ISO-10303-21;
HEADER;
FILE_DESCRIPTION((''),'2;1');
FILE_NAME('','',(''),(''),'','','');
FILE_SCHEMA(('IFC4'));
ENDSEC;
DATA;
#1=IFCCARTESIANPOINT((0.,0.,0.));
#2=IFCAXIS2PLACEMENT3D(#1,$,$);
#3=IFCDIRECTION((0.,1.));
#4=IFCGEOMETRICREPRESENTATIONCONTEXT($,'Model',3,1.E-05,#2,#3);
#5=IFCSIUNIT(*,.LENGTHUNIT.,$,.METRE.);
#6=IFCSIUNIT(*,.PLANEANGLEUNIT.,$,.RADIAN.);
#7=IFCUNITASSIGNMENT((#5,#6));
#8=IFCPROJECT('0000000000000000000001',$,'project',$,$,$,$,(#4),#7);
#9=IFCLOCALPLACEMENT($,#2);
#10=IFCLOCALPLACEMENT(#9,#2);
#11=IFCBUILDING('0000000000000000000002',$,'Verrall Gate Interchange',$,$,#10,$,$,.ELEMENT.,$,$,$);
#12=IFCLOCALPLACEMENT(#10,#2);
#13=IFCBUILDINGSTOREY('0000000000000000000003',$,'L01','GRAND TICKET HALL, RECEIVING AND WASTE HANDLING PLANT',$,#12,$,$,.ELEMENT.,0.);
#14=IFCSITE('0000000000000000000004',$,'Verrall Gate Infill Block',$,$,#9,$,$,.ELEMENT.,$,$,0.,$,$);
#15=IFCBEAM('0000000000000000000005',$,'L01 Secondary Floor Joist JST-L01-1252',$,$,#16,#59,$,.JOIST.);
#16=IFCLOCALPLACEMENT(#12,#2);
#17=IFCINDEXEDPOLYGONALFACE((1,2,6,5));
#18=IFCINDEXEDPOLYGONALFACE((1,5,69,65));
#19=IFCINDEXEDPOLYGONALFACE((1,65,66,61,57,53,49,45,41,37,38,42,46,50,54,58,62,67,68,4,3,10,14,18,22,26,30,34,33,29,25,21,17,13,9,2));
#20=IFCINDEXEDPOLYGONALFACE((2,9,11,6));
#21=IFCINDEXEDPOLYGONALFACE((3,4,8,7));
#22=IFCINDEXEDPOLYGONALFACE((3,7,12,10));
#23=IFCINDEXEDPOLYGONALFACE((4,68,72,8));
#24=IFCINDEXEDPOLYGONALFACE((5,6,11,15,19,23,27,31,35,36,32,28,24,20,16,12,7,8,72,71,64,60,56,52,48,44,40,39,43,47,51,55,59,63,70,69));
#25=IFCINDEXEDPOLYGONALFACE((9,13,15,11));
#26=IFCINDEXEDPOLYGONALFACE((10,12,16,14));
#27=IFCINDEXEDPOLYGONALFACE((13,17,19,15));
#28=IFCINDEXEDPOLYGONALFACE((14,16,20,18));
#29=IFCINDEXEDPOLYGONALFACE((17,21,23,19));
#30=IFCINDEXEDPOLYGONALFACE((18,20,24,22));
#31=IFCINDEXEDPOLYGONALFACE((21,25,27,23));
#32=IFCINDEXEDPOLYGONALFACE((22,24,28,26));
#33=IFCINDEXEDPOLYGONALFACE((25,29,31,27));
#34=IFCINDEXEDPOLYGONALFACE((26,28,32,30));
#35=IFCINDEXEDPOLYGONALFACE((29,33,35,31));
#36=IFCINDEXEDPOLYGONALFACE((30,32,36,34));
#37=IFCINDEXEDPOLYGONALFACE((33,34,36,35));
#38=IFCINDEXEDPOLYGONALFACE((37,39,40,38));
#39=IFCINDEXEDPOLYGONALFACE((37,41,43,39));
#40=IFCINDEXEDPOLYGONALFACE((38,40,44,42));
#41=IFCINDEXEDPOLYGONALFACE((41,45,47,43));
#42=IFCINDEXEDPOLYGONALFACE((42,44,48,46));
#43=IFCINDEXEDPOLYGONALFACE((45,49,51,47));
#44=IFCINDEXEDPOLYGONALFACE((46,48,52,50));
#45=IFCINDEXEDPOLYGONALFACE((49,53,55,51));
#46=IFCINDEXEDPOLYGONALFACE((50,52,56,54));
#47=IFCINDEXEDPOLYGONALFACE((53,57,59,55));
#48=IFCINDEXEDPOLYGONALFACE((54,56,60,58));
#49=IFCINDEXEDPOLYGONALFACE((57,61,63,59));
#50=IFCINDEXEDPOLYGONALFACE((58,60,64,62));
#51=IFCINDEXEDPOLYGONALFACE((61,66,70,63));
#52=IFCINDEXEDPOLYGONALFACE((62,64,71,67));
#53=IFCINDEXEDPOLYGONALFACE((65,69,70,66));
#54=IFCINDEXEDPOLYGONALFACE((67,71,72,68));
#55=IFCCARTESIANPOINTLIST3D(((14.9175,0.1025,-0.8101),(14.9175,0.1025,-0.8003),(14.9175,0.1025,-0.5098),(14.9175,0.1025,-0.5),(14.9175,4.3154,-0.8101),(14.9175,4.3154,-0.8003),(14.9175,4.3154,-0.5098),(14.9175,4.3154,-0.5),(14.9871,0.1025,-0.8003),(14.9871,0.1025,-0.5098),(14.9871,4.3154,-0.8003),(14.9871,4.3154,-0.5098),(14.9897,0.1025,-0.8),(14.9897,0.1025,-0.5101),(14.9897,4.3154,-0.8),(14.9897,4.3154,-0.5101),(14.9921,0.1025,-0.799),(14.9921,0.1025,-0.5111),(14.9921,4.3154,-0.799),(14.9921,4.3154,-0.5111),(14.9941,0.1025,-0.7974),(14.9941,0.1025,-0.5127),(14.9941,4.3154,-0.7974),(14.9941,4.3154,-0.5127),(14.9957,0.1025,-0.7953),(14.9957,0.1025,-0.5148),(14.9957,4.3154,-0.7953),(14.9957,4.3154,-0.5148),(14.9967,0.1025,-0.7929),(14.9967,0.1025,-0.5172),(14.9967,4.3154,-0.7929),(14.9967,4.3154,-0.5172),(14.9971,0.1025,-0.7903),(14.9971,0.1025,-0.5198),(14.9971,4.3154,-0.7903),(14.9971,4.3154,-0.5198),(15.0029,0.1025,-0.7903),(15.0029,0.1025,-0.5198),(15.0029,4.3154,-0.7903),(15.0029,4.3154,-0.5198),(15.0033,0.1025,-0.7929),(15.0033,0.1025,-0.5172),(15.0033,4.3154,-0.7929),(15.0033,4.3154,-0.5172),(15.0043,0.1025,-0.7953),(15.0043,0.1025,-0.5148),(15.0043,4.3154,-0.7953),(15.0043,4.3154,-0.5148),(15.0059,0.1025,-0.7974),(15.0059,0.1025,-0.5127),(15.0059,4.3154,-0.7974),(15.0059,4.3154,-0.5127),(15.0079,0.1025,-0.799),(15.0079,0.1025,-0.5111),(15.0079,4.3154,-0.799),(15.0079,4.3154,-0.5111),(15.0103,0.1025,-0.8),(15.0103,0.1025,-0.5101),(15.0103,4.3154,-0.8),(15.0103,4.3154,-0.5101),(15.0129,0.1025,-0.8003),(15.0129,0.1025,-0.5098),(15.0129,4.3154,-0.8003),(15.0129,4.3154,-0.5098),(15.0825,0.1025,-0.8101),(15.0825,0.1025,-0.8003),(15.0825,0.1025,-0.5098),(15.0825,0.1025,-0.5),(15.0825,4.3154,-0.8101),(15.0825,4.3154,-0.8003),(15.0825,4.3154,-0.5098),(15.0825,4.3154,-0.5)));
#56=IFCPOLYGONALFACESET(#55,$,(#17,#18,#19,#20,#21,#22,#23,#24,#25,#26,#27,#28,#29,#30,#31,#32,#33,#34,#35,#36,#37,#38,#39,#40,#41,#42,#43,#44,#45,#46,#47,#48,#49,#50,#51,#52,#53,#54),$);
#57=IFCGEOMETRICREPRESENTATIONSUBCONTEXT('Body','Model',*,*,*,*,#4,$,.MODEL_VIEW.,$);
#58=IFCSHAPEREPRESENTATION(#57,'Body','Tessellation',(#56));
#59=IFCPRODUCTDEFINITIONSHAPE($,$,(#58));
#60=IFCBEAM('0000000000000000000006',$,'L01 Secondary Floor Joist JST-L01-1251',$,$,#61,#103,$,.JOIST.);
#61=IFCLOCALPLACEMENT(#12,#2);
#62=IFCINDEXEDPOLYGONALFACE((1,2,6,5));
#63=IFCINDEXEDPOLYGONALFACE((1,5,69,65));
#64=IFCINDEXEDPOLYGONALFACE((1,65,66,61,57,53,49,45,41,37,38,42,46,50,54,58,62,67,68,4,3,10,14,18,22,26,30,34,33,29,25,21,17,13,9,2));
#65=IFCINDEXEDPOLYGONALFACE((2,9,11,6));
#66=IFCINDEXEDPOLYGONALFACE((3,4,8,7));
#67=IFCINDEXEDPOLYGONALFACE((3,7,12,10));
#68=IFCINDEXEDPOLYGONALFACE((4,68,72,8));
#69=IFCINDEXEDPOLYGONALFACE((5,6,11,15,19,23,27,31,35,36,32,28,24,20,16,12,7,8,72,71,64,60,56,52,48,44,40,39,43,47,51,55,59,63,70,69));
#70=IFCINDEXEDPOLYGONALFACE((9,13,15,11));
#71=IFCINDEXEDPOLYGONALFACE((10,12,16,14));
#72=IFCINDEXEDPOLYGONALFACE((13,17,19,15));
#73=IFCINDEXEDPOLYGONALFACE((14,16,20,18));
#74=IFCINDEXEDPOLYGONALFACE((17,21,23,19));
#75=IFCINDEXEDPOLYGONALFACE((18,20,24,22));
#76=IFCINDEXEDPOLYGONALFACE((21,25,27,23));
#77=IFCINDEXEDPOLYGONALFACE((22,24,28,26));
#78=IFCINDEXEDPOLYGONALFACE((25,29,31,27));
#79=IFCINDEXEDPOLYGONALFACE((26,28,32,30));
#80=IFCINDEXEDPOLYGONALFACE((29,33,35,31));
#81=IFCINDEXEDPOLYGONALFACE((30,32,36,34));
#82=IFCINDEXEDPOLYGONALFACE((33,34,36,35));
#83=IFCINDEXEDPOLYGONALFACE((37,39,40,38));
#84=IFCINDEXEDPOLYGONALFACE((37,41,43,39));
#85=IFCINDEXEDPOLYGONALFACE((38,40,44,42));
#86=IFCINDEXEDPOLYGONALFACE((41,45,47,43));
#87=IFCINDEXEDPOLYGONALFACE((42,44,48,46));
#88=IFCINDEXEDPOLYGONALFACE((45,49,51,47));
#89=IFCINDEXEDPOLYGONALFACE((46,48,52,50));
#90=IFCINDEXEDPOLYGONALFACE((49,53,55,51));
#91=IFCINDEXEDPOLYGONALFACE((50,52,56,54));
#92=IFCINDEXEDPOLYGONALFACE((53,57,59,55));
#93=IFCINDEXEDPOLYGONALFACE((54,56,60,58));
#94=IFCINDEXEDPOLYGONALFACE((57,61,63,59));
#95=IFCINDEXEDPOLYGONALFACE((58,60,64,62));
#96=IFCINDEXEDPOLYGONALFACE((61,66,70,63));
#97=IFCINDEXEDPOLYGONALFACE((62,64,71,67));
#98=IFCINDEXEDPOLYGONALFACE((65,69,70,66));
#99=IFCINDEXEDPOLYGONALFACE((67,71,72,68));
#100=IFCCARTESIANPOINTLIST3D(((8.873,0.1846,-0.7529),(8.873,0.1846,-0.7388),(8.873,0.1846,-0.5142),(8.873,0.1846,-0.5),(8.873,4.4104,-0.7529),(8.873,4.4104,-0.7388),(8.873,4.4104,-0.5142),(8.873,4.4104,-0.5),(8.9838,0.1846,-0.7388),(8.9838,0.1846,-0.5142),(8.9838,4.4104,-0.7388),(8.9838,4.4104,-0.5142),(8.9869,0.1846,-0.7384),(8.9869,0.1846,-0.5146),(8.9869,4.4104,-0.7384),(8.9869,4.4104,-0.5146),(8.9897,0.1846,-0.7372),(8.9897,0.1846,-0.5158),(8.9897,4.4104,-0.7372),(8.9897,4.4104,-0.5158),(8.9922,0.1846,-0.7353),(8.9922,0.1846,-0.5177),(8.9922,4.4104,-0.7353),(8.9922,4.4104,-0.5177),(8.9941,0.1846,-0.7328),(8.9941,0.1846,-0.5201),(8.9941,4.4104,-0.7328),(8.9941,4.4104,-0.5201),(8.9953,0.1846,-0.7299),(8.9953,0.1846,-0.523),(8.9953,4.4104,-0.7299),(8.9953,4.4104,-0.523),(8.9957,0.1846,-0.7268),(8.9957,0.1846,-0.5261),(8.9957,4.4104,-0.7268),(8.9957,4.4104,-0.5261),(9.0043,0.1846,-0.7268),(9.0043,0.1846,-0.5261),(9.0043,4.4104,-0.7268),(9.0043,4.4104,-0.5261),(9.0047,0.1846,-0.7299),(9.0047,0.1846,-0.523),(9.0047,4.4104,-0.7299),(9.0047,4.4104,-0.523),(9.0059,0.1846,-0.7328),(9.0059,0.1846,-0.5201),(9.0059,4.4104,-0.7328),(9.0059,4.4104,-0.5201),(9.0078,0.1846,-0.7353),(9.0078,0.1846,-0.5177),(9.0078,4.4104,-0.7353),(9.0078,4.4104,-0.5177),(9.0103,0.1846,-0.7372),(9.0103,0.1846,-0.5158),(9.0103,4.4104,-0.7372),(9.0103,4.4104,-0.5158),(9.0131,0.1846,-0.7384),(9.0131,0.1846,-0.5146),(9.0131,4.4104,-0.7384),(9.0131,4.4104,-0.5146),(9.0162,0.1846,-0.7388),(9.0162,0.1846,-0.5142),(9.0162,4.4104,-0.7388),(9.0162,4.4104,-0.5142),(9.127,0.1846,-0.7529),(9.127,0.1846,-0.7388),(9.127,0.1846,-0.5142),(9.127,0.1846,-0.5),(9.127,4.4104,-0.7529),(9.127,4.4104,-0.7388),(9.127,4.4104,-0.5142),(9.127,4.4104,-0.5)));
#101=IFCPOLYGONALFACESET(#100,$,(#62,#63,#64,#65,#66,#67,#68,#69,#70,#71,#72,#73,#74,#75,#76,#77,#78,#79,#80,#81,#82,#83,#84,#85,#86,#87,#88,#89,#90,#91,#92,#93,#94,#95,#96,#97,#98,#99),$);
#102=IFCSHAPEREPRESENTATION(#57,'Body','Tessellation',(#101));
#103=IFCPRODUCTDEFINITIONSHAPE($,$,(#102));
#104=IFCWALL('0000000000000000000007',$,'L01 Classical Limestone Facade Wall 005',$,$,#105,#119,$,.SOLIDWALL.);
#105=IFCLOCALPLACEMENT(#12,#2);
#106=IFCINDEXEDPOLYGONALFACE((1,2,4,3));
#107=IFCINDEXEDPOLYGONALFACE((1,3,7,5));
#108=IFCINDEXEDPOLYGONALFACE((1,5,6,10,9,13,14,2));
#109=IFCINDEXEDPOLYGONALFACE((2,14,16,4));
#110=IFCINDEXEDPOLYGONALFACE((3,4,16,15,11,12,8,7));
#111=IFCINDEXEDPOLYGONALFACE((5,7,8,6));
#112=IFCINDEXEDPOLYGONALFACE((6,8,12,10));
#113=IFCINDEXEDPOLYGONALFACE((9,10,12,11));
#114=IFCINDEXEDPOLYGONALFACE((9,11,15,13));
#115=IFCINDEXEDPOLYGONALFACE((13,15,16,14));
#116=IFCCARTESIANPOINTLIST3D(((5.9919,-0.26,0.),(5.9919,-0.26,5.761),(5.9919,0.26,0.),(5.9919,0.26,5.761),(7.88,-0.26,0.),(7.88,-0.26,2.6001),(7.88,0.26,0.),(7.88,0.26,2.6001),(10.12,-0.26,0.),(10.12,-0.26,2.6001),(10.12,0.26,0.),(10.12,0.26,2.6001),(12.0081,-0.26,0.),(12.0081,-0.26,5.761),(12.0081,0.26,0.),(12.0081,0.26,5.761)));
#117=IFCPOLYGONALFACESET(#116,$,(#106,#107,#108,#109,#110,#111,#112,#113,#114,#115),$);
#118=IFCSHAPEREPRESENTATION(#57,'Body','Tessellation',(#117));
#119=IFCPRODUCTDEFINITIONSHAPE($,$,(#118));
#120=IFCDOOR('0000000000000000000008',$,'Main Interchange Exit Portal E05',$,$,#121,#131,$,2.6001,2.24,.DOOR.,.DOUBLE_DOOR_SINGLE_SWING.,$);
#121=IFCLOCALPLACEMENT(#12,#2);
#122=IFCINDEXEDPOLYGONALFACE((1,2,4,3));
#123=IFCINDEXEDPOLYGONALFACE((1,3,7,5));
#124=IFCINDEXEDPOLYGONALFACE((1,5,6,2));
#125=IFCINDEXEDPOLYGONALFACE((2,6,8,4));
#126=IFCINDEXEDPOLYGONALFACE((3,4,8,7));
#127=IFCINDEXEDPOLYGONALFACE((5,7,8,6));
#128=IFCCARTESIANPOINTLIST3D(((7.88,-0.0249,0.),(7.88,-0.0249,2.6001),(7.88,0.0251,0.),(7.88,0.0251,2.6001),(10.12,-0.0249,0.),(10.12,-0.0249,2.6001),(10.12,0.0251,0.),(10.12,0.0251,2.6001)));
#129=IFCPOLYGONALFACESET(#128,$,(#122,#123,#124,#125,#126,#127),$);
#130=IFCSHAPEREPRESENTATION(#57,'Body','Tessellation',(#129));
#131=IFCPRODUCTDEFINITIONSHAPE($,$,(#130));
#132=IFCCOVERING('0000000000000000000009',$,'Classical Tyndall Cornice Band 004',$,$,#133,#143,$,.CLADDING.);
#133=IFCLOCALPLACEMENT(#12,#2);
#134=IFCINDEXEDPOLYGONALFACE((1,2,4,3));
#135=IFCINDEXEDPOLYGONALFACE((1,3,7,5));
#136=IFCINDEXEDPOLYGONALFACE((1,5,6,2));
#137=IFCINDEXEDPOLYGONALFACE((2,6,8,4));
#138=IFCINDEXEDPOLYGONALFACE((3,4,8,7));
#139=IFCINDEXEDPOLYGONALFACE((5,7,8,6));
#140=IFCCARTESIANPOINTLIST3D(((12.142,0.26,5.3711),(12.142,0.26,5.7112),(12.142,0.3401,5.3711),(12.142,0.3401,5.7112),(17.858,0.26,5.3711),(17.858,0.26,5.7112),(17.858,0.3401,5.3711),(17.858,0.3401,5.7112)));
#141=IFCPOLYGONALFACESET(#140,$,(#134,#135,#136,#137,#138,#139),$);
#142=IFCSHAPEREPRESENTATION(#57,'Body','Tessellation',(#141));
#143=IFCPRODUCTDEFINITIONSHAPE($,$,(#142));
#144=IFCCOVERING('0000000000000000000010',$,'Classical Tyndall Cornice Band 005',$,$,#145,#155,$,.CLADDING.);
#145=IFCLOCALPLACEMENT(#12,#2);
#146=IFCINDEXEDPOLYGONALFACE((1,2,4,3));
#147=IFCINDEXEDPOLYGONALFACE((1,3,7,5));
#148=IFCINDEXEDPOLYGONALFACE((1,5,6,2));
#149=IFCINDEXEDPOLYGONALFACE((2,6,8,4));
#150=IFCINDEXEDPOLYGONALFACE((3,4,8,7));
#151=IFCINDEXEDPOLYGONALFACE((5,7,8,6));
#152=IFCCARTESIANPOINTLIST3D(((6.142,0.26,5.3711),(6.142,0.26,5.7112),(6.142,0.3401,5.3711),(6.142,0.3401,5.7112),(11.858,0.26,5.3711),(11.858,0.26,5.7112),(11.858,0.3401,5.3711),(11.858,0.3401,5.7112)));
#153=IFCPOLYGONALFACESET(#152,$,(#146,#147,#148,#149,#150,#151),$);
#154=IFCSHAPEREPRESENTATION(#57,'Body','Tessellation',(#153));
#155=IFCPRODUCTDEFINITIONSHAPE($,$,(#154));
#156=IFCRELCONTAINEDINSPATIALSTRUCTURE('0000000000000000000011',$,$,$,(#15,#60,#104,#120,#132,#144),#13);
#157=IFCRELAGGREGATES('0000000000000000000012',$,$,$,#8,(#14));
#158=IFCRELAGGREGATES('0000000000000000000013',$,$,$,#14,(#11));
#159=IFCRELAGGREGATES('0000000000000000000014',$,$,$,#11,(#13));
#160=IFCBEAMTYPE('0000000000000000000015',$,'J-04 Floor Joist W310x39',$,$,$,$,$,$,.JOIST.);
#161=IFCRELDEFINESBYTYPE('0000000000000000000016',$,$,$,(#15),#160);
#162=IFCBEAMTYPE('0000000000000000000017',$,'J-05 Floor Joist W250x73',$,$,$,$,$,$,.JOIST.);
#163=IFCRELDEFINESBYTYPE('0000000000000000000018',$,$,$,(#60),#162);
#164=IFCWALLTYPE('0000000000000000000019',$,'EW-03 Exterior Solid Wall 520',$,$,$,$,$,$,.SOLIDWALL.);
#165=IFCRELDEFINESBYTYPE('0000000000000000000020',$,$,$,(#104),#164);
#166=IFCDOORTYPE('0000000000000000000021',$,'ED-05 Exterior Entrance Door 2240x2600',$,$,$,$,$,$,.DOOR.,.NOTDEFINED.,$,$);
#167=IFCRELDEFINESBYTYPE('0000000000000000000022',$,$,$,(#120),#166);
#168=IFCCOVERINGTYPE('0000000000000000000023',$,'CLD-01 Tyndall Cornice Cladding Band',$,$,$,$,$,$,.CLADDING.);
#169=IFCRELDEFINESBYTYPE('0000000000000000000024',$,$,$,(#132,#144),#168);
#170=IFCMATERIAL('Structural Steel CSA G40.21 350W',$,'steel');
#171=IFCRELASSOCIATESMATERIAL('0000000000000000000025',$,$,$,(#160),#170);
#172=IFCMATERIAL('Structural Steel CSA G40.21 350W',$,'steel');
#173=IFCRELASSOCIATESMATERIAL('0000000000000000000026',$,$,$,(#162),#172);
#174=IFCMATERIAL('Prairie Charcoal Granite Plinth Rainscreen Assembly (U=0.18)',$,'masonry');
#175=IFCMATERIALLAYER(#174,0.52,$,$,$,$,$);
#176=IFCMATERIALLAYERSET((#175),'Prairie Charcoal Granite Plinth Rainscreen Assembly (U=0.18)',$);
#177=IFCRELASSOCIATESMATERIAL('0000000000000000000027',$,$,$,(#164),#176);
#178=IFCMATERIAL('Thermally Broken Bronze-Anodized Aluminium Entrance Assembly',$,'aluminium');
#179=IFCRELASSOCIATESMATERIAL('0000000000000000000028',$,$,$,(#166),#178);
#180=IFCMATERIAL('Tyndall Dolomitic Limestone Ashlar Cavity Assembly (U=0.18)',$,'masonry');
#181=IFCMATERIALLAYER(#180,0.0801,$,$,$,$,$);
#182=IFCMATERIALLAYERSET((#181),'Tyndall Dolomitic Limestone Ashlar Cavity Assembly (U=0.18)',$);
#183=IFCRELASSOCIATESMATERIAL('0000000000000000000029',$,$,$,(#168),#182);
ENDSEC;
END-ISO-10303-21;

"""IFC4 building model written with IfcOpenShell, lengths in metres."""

from ifc_helpers import new_model, si_unit, direction, frame, frame_2d, origin, origin_2d, place, context, subcontext, project, spatial, rectangle, i_section, extrude, material, layer, layer_set, material_profile, profile_set, type_object, element, fill, save


model = new_model("IFC4")

# Units and contexts
model_context = context("Model", 3, precision=1e-05, world=origin(), true_north=direction((0.0, 1.0)))
body_context = subcontext(model_context, "Body", "Model", "MODEL_VIEW")
ifc_project = project(units=[si_unit("LENGTHUNIT", "METRE"), si_unit("PLANEANGLEUNIT", "RADIAN")], contexts=[model_context])

# Site, building, storey
site_placement = place(None, origin())
site = spatial("IfcSite", under=ifc_project, at=site_placement, Name="Verrall Gate Infill Block", CompositionType="ELEMENT", RefElevation=0.0)
building_placement = place(site_placement, origin())
building = spatial("IfcBuilding", under=site, at=building_placement, Name="Verrall Gate Interchange", CompositionType="ELEMENT")
storey_placement = place(building_placement, origin())
storey = spatial("IfcBuildingStorey", under=building, at=storey_placement, Name="L01", Description="GRAND TICKET HALL, RECEIVING AND WASTE HANDLING PLANT", CompositionType="ELEMENT", Elevation=0.0)

# Beams
ifc_material_1 = material(Name="Structural Steel CSA G40.21 350W", Category="steel")
ifc_material_profile_1 = material_profile(ifc_material_1, i_section(OverallWidth=0.165, OverallDepth=0.3101, WebThickness=0.0059, FlangeThickness=0.0098, FilletRadius=0.01, at=origin_2d()), Name="W310x39")
ifc_profile_set_1 = profile_set([ifc_material_profile_1], Name="Structural Steel CSA G40.21 350W")
beam_type_1 = type_object("IfcBeamType", Name="J-04 Floor Joist W310x39", PredefinedType="JOIST", material=ifc_profile_set_1)
beam_1_placement = place(storey_placement, frame((15.0, 0.1025, -0.655), z_axis=(0.0, 1.0, 0.0), x_axis=(-1.0, 0.0, 0.0)))
element("IfcBeam", 1, at=beam_1_placement, inside=storey, type_object=beam_type_1, Name="L01 Secondary Floor Joist JST-L01-1252", PredefinedType="JOIST", context=body_context, shape_type="SweptSolid", body=[
    extrude(i_section(OverallWidth=0.165, OverallDepth=0.3101, WebThickness=0.0059, FlangeThickness=0.0098, FilletRadius=0.01, at=origin_2d()), origin(), (0.0, 0.0, 1.0), 4.2129),
])
ifc_material_2 = material(Name="Structural Steel CSA G40.21 350W", Category="steel")
ifc_material_profile_2 = material_profile(ifc_material_2, i_section(OverallWidth=0.2539, OverallDepth=0.2529, WebThickness=0.0085, FlangeThickness=0.0142, FilletRadius=0.012, at=origin_2d()), Name="W250x73")
ifc_profile_set_2 = profile_set([ifc_material_profile_2], Name="Structural Steel CSA G40.21 350W")
beam_type_2 = type_object("IfcBeamType", Name="J-05 Floor Joist W250x73", PredefinedType="JOIST", material=ifc_profile_set_2)
beam_2_placement = place(storey_placement, frame((9.0, 0.1846, -0.6265), z_axis=(0.0, 1.0, 0.0), x_axis=(-1.0, 0.0, 0.0)))
element("IfcBeam", 2, at=beam_2_placement, inside=storey, type_object=beam_type_2, Name="L01 Secondary Floor Joist JST-L01-1251", PredefinedType="JOIST", context=body_context, shape_type="SweptSolid", body=[
    extrude(i_section(OverallWidth=0.2539, OverallDepth=0.2529, WebThickness=0.0085, FlangeThickness=0.0142, FilletRadius=0.012, at=origin_2d()), origin(), (0.0, 0.0, 1.0), 4.2258),
])

# Wall, opening, door
ifc_material_3 = material(Name="Prairie Charcoal Granite Plinth Rainscreen Assembly (U=0.18)", Category="masonry")
ifc_layer_1 = layer(ifc_material_3, 0.52)
ifc_layer_set_1 = layer_set([ifc_layer_1], Name="Prairie Charcoal Granite Plinth Rainscreen Assembly (U=0.18)")
wall_type = type_object("IfcWallType", Name="EW-03 Exterior Solid Wall 520", PredefinedType="SOLIDWALL", material=ifc_layer_set_1)
wall_1_placement = place(storey_placement, frame((12.0081, 0.0, 0.0), z_axis=(0.0, 0.0, 1.0), x_axis=(-1.0, 0.0, 0.0)))
wall_1 = element("IfcWall", 3, at=wall_1_placement, inside=storey, type_object=wall_type, Name="L01 Classical Limestone Facade Wall 005", PredefinedType="SOLIDWALL", context=body_context, shape_type="SweptSolid", body=[
    extrude(rectangle(XDim=6.0161, YDim=0.52, at=frame_2d((3.0081, 0.0))), origin(), (0.0, 0.0, 1.0), 5.761),
])
opening_1_placement = place(wall_1_placement, frame((1.8879, 0.0, 0.0)))
opening_1 = element("IfcOpeningElement", 4, at=opening_1_placement, cuts=wall_1, PredefinedType="OPENING", context=body_context, shape_type="SweptSolid", body=[
    extrude(rectangle(XDim=2.24, YDim=2.6001, at=frame_2d((1.1201, 1.3))), frame((0.0, 0.2749, 0.0), z_axis=(0.0, -1.0, 0.0), x_axis=(1.0, 0.0, 0.0)), (0.0, 0.0, 1.0), 0.5498),
])
ifc_material_4 = material(Name="Thermally Broken Bronze-Anodized Aluminium Entrance Assembly", Category="aluminium")
door_type_1 = type_object("IfcDoorType", Name="ED-05 Exterior Entrance Door 2240x2600", OperationType="NOTDEFINED", PredefinedType="DOOR", material=ifc_material_4)
door_1_placement = place(opening_1_placement, origin())
door_1 = element("IfcDoor", 5, at=door_1_placement, inside=storey, type_object=door_type_1, Name="Main Interchange Exit Portal E05", OperationType="DOUBLE_DOOR_SINGLE_SWING", OverallHeight=2.6001, OverallWidth=2.24, PredefinedType="DOOR", context=body_context, shape_type="SweptSolid", body=[
    extrude(rectangle(XDim=2.24, YDim=2.6001, at=frame_2d((1.1201, 1.3))), frame((0.0, 0.0249, 0.0), z_axis=(0.0, -1.0, 0.0), x_axis=(1.0, 0.0, 0.0)), (0.0, 0.0, 1.0), 0.05),
])
fill(opening_1, door_1)

# Coverings
ifc_material_5 = material(Name="Tyndall Dolomitic Limestone Ashlar Cavity Assembly (U=0.18)", Category="masonry")
ifc_layer_2 = layer(ifc_material_5, 0.0801)
ifc_layer_set_2 = layer_set([ifc_layer_2], Name="Tyndall Dolomitic Limestone Ashlar Cavity Assembly (U=0.18)")
covering_type = type_object("IfcCoveringType", Name="CLD-01 Tyndall Cornice Cladding Band", PredefinedType="CLADDING", material=ifc_layer_set_2)
for number, where, z_axis, x_axis, name in (
    (6, (15.0, 0.3, 5.3711), (0.0, 0.0, 1.0), (-1.0, 0.0, 0.0), "Classical Tyndall Cornice Band 004"),
    (7, (9.0, 0.3, 5.3711), (0.0, 0.0, 1.0), (-1.0, 0.0, 0.0), "Classical Tyndall Cornice Band 005"),
):
    element("IfcCovering", number, at=place(storey_placement, frame(where, z_axis=z_axis, x_axis=x_axis)), inside=storey, type_object=covering_type, Name=name, PredefinedType="CLADDING", context=body_context, shape_type="SweptSolid", body=[
        extrude(rectangle(XDim=5.7161, YDim=0.0801, at=origin_2d()), origin(), (0.0, 0.0, 1.0), 0.3401),
    ])

save(model, "model.ifc")
